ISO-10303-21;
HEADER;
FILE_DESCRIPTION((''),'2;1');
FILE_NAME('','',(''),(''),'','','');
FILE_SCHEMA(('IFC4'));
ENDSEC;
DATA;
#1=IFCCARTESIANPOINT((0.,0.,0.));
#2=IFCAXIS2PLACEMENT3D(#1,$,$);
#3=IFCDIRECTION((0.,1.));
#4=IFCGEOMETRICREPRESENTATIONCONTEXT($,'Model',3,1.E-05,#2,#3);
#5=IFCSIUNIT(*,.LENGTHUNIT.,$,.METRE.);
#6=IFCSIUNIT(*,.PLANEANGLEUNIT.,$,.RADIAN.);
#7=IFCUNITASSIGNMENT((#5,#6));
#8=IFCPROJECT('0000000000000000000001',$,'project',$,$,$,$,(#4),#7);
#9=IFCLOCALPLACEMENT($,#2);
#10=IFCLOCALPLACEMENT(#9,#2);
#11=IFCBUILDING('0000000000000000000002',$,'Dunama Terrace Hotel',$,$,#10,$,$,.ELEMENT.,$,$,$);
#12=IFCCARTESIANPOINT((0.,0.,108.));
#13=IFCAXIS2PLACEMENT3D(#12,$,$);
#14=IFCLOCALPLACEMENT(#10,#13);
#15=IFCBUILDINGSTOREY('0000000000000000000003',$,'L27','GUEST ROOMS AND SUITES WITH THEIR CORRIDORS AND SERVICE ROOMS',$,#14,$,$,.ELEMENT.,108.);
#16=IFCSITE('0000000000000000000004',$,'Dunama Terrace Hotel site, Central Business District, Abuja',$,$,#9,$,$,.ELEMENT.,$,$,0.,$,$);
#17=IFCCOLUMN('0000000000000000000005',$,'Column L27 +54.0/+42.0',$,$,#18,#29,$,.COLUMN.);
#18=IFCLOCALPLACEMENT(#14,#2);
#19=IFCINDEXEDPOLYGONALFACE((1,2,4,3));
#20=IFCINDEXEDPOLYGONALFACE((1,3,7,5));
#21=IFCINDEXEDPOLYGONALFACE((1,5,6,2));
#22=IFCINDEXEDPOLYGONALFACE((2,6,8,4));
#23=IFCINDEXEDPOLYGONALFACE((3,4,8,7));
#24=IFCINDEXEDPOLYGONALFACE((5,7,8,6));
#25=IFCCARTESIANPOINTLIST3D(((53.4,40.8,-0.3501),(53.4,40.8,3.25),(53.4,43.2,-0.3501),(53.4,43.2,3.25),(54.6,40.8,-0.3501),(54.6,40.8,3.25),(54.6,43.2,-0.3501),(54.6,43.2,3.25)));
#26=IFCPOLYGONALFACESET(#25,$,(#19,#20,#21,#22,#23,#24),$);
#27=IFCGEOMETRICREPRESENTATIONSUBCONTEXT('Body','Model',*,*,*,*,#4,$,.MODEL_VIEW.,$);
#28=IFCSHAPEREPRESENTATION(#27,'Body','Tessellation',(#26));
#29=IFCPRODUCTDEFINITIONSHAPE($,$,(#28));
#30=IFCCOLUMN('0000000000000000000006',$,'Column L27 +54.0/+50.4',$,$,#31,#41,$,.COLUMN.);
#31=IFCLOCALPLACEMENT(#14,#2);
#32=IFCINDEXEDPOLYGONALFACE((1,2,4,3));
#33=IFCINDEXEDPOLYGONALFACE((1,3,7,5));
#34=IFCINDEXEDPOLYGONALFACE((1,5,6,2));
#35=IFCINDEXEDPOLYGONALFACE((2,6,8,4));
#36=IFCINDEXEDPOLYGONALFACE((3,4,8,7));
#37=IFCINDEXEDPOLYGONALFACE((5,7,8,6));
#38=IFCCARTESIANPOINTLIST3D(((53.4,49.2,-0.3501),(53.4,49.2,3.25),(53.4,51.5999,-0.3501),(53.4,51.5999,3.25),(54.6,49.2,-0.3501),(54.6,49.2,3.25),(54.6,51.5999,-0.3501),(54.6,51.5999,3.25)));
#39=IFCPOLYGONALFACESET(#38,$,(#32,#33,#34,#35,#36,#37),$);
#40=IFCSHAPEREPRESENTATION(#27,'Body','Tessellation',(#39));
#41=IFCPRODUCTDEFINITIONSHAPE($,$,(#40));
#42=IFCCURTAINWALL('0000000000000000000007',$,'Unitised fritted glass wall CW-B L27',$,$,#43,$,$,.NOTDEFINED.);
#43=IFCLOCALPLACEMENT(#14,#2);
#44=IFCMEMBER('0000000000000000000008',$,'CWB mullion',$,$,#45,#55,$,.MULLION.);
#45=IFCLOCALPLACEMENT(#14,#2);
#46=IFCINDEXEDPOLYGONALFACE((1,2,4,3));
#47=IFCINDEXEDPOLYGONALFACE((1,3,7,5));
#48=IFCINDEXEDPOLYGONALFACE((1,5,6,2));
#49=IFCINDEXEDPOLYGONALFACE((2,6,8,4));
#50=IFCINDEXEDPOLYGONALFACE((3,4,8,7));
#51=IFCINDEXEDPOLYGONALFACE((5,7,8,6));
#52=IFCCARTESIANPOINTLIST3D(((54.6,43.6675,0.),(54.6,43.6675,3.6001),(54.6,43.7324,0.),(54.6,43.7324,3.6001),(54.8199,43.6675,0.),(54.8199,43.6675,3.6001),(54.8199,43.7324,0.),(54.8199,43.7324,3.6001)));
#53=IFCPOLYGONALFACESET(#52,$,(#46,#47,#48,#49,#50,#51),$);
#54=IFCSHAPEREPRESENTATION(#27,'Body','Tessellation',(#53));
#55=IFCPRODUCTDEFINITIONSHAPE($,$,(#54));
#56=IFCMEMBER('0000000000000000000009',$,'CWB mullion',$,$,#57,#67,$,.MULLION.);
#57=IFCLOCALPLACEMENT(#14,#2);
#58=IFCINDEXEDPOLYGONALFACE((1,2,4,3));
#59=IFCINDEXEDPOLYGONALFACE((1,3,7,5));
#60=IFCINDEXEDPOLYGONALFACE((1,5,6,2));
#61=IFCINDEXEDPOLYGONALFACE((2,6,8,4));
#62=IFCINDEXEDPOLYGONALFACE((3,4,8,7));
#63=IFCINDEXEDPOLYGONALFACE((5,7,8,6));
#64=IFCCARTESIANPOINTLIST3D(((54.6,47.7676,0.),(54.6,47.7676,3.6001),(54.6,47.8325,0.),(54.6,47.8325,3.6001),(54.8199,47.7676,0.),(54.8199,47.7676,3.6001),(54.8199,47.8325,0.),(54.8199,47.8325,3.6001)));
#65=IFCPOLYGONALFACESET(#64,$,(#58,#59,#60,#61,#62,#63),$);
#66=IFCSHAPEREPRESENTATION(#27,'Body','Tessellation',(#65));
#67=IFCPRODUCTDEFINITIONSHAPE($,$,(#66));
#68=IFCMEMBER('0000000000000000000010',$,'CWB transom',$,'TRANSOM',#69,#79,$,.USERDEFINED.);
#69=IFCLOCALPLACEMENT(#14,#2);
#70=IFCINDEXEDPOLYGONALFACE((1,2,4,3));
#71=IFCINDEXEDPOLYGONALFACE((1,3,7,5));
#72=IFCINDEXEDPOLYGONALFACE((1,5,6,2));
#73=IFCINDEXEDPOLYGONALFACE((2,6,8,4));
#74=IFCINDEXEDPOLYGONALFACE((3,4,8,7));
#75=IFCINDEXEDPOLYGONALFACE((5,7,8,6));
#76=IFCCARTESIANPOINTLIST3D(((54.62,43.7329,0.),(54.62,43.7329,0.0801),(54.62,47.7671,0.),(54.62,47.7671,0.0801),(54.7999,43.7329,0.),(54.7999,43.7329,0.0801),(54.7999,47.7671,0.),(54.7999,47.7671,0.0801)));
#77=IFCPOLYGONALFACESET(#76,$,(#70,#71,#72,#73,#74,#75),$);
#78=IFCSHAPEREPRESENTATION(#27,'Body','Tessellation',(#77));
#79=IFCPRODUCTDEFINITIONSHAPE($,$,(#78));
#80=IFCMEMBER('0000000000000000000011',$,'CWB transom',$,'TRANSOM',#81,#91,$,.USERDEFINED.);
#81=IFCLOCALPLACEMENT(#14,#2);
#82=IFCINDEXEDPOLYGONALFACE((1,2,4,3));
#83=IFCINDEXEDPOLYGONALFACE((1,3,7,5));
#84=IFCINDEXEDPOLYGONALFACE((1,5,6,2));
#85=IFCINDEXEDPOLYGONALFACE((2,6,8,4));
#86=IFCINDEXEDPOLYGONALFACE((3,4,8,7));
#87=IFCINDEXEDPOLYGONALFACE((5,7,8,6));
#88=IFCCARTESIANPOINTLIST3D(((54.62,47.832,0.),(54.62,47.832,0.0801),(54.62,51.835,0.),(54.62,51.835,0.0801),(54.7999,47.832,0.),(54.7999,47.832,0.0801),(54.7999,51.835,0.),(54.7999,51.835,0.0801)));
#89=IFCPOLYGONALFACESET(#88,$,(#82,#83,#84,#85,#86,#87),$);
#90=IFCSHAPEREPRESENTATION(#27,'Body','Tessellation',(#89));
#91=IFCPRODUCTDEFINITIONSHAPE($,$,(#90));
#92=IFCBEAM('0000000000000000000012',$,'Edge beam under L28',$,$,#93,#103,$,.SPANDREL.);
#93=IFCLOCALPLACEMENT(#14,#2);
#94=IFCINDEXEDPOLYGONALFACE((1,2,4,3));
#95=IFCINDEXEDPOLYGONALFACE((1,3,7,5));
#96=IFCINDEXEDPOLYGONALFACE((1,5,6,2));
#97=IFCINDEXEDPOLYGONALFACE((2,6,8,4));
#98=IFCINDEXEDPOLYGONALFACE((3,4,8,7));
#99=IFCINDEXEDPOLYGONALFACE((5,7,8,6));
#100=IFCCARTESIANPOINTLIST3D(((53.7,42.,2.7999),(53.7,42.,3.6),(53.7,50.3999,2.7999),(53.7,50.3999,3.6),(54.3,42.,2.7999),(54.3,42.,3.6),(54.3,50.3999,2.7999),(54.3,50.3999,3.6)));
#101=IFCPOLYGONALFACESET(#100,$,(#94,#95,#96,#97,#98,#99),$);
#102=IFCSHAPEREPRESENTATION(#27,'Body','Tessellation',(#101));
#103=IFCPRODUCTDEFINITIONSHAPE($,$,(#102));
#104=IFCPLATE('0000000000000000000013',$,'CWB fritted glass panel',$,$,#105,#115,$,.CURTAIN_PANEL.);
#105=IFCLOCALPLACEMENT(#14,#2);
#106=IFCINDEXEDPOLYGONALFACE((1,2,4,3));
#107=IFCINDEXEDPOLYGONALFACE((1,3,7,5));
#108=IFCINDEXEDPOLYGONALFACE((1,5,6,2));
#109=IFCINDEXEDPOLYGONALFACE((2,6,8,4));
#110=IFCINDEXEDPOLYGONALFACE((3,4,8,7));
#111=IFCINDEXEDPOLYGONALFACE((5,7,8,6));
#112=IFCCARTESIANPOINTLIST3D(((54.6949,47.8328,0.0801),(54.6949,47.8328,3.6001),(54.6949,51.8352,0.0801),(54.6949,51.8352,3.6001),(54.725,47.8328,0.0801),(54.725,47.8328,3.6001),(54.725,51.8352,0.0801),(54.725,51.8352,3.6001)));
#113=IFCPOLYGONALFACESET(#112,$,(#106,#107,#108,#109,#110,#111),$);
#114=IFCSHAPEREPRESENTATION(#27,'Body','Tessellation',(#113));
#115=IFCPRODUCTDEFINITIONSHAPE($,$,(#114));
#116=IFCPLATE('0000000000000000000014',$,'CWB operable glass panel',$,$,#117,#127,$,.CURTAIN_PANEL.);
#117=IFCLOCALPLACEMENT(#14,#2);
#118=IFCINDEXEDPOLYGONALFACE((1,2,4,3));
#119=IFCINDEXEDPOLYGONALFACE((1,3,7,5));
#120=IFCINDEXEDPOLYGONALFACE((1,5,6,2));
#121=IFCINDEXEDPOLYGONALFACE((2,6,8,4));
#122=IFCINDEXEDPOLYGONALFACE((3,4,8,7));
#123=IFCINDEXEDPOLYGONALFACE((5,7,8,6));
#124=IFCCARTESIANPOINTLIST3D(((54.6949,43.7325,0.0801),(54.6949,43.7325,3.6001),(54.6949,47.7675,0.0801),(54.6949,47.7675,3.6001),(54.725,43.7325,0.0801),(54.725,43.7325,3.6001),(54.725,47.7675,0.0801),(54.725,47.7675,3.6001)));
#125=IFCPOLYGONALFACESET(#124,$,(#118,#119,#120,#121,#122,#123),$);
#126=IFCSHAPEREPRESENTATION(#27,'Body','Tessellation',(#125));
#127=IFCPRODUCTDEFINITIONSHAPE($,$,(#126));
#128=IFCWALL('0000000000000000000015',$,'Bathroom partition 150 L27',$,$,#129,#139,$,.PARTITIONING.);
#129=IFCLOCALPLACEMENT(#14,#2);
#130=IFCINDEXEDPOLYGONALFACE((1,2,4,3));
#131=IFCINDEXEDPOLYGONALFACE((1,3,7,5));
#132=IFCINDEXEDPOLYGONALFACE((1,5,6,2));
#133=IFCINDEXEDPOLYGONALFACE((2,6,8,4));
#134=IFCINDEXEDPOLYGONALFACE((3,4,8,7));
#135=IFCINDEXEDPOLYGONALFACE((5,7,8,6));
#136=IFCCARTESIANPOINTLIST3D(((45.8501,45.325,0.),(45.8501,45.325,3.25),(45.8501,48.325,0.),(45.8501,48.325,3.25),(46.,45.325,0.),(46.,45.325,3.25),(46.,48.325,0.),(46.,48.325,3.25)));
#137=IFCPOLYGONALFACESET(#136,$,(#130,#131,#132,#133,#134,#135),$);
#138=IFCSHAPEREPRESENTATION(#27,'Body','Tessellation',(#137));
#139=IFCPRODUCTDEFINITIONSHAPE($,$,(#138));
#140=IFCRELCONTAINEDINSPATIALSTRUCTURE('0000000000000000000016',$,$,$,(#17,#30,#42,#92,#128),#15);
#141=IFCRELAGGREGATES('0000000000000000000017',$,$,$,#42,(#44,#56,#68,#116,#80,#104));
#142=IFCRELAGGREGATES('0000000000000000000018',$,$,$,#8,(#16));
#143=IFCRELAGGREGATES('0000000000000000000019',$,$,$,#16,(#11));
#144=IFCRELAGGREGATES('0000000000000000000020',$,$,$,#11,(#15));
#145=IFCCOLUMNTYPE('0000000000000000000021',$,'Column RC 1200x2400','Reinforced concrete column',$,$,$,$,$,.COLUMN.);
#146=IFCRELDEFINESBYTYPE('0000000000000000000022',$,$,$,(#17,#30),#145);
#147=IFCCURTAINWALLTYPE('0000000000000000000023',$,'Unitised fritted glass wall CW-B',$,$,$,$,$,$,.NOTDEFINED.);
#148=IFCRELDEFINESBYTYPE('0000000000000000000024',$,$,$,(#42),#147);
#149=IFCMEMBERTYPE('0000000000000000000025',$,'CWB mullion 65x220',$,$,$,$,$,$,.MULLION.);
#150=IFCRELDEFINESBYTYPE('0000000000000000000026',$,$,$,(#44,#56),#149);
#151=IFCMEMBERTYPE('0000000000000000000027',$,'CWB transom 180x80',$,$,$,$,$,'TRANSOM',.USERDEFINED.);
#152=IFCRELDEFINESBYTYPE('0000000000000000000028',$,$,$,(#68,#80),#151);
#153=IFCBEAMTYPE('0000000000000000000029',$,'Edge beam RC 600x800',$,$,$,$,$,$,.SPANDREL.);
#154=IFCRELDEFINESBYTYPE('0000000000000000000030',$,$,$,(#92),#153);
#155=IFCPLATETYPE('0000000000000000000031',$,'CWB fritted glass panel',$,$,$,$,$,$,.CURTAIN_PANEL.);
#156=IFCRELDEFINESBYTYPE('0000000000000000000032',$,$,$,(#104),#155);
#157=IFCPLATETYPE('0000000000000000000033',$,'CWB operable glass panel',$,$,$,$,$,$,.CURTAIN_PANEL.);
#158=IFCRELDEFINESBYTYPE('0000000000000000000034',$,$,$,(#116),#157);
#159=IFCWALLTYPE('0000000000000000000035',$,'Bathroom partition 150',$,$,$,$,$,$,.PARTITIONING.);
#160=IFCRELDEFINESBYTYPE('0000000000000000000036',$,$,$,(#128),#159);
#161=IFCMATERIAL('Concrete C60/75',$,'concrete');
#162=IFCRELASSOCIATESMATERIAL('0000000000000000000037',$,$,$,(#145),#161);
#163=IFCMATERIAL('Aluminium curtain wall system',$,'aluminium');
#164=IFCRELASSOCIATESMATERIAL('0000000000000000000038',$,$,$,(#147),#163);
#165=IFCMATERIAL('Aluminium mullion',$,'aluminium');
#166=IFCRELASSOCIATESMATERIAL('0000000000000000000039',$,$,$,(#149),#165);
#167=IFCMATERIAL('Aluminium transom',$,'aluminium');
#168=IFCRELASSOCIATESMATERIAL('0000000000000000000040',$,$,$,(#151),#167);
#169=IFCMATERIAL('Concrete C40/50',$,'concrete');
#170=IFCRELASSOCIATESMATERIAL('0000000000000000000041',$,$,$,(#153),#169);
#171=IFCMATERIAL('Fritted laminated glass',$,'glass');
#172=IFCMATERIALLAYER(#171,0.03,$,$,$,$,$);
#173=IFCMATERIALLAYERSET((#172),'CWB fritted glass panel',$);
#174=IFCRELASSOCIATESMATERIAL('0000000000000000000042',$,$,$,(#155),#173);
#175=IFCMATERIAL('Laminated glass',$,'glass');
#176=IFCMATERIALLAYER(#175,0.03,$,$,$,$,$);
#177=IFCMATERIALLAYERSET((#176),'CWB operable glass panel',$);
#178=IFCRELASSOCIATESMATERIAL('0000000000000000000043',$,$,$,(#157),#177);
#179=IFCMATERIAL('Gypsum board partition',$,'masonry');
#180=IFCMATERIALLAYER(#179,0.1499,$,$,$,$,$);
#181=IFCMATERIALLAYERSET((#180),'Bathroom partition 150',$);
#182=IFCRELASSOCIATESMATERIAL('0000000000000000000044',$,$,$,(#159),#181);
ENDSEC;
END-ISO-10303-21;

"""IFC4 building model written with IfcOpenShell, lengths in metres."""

from ifc_helpers import new_model, si_unit, direction, frame, frame_2d, origin, origin_2d, place, context, subcontext, project, spatial, rectangle, extrude, material, layer, layer_set, material_profile, profile_set, type_object, element, aggregate, save


model = new_model("IFC4")

# Units and contexts
model_context = context("Model", 3, precision=1e-05, world=origin(), true_north=direction((0.0, 1.0)))
body_context = subcontext(model_context, "Body", "Model", "MODEL_VIEW")
ifc_project = project(units=[si_unit("LENGTHUNIT", "METRE"), si_unit("PLANEANGLEUNIT", "RADIAN")], contexts=[model_context])

# Site, building, storey
site_placement = place(None, origin())
site = spatial("IfcSite", under=ifc_project, at=site_placement, Name="Dunama Terrace Hotel site, Central Business District, Abuja", CompositionType="ELEMENT", RefElevation=0.0)
building_placement = place(site_placement, origin())
building = spatial("IfcBuilding", under=site, at=building_placement, Name="Dunama Terrace Hotel", CompositionType="ELEMENT")
storey_placement = place(building_placement, frame((0.0, 0.0, 108.0)))
storey = spatial("IfcBuildingStorey", under=building, at=storey_placement, Name="L27", Description="GUEST ROOMS AND SUITES WITH THEIR CORRIDORS AND SERVICE ROOMS", CompositionType="ELEMENT", Elevation=108.0)

# Columns
ifc_material_1 = material(Name="Concrete C60/75", Category="concrete")
ifc_material_profile_1 = material_profile(ifc_material_1, rectangle(XDim=1.2, YDim=2.3999, at=origin_2d()), Name="RC 1200x2400")
ifc_profile_set_1 = profile_set([ifc_material_profile_1], Name="Concrete C60/75")
column_type = type_object("IfcColumnType", Name="Column RC 1200x2400", Description="Reinforced concrete column", PredefinedType="COLUMN", material=ifc_profile_set_1)
for number, where, z_axis, x_axis, name in (
    (1, (54.0, 42.0, -0.3501), (0.0, 0.0, 1.0), (1.0, 0.0, 0.0), "Column L27 +54.0/+42.0"),
    (2, (54.0, 50.3999, -0.3501), (0.0, 0.0, 1.0), (1.0, 0.0, 0.0), "Column L27 +54.0/+50.4"),
):
    element("IfcColumn", number, at=place(storey_placement, frame(where, z_axis=z_axis, x_axis=x_axis)), inside=storey, type_object=column_type, Name=name, PredefinedType="COLUMN", context=body_context, shape_type="SweptSolid", body=[
        extrude(rectangle(XDim=1.2, YDim=2.3999, at=origin_2d()), origin(), (0.0, 0.0, 1.0), 3.6001),
    ])

# Curtain wall, members
ifc_material_2 = material(Name="Aluminium curtain wall system", Category="aluminium")
curtain_wall_type = type_object("IfcCurtainWallType", Name="Unitised fritted glass wall CW-B", PredefinedType="NOTDEFINED", material=ifc_material_2)
curtain_wall_placement = place(storey_placement, origin())
curtain_wall = element("IfcCurtainWall", 3, at=curtain_wall_placement, inside=storey, type_object=curtain_wall_type, Name="Unitised fritted glass wall CW-B L27", PredefinedType="NOTDEFINED")
ifc_material_3 = material(Name="Aluminium mullion", Category="aluminium")
ifc_material_profile_2 = material_profile(ifc_material_3, rectangle(XDim=0.0649, YDim=0.22, at=origin_2d()), Name="CWB MULLION 65X220")
ifc_profile_set_2 = profile_set([ifc_material_profile_2], Name="Aluminium mullion")
member_type_1 = type_object("IfcMemberType", Name="CWB mullion 65x220", PredefinedType="MULLION", material=ifc_profile_set_2)
member_1_placement = place(storey_placement, frame((54.71, 43.7, 0.0), z_axis=(0.0, 0.0, 1.0), x_axis=(0.0, 1.0, 0.0)))
member_1 = element("IfcMember", 4, at=member_1_placement, type_object=member_type_1, Name="CWB mullion", PredefinedType="MULLION", context=body_context, shape_type="SweptSolid", body=[
    extrude(rectangle(XDim=0.0649, YDim=0.22, at=origin_2d()), origin(), (0.0, 0.0, 1.0), 3.6001),
])
member_2_placement = place(storey_placement, frame((54.71, 47.8, 0.0), z_axis=(0.0, 0.0, 1.0), x_axis=(0.0, 1.0, 0.0)))
member_2 = element("IfcMember", 5, at=member_2_placement, type_object=member_type_1, Name="CWB mullion", PredefinedType="MULLION", context=body_context, shape_type="SweptSolid", body=[
    extrude(rectangle(XDim=0.0649, YDim=0.22, at=origin_2d()), origin(), (0.0, 0.0, 1.0), 3.6001),
])
ifc_material_4 = material(Name="Aluminium transom", Category="aluminium")
ifc_material_profile_3 = material_profile(ifc_material_4, rectangle(XDim=0.1799, YDim=0.0801, at=origin_2d()), Name="CWB TRANSOM 180X80")
ifc_profile_set_3 = profile_set([ifc_material_profile_3], Name="Aluminium transom")
member_type_2 = type_object("IfcMemberType", Name="CWB transom 180x80", ElementType="TRANSOM", PredefinedType="USERDEFINED", material=ifc_profile_set_3)
member_3_placement = place(storey_placement, frame((54.71, 43.7329, 0.04), z_axis=(0.0, 1.0, 0.0), x_axis=(-1.0, 0.0, 0.0)))
member_3 = element("IfcMember", 6, at=member_3_placement, type_object=member_type_2, Name="CWB transom", ObjectType="TRANSOM", PredefinedType="USERDEFINED", context=body_context, shape_type="SweptSolid", body=[
    extrude(rectangle(XDim=0.1799, YDim=0.0801, at=origin_2d()), origin(), (0.0, 0.0, 1.0), 4.0342),
])
member_4_placement = place(storey_placement, frame((54.71, 47.832, 0.04), z_axis=(0.0, 1.0, 0.0), x_axis=(-1.0, 0.0, 0.0)))
member_4 = element("IfcMember", 7, at=member_4_placement, type_object=member_type_2, Name="CWB transom", ObjectType="TRANSOM", PredefinedType="USERDEFINED", context=body_context, shape_type="SweptSolid", body=[
    extrude(rectangle(XDim=0.1799, YDim=0.0801, at=origin_2d()), origin(), (0.0, 0.0, 1.0), 4.0029),
])

# Beam
ifc_material_5 = material(Name="Concrete C40/50", Category="concrete")
ifc_material_profile_4 = material_profile(ifc_material_5, rectangle(XDim=0.6001, YDim=0.8, at=origin_2d()), Name="RC 600x800")
ifc_profile_set_4 = profile_set([ifc_material_profile_4], Name="Concrete C40/50")
beam_type = type_object("IfcBeamType", Name="Edge beam RC 600x800", PredefinedType="SPANDREL", material=ifc_profile_set_4)
beam_placement = place(storey_placement, frame((54.0, 42.0, 3.2), z_axis=(0.0, 1.0, 0.0), x_axis=(-1.0, 0.0, 0.0)))
element("IfcBeam", 8, at=beam_placement, inside=storey, type_object=beam_type, Name="Edge beam under L28", PredefinedType="SPANDREL", context=body_context, shape_type="SweptSolid", body=[
    extrude(rectangle(XDim=0.6001, YDim=0.8, at=origin_2d()), origin(), (0.0, 0.0, 1.0), 8.3999),
])

# Plates
ifc_material_6 = material(Name="Fritted laminated glass", Category="glass")
ifc_layer_1 = layer(ifc_material_6, 0.03)
ifc_layer_set_1 = layer_set([ifc_layer_1], Name="CWB fritted glass panel")
plate_type_1 = type_object("IfcPlateType", Name="CWB fritted glass panel", PredefinedType="CURTAIN_PANEL", material=ifc_layer_set_1)
plate_1_placement = place(storey_placement, frame((54.71, 49.834, 0.0801), z_axis=(0.0, 0.0, 1.0), x_axis=(0.0, 1.0, 0.0)))
plate_1 = element("IfcPlate", 9, at=plate_1_placement, type_object=plate_type_1, Name="CWB fritted glass panel", PredefinedType="CURTAIN_PANEL", context=body_context, shape_type="SweptSolid", body=[
    extrude(rectangle(XDim=4.0024, YDim=0.03, at=origin_2d()), origin(), (0.0, 0.0, 1.0), 3.52),
])
ifc_material_7 = material(Name="Laminated glass", Category="glass")
ifc_layer_2 = layer(ifc_material_7, 0.03)
ifc_layer_set_2 = layer_set([ifc_layer_2], Name="CWB operable glass panel")
plate_type_2 = type_object("IfcPlateType", Name="CWB operable glass panel", PredefinedType="CURTAIN_PANEL", material=ifc_layer_set_2)
plate_2_placement = place(storey_placement, frame((54.71, 45.75, 0.0801), z_axis=(0.0, 0.0, 1.0), x_axis=(0.0, 1.0, 0.0)))
plate_2 = element("IfcPlate", 10, at=plate_2_placement, type_object=plate_type_2, Name="CWB operable glass panel", PredefinedType="CURTAIN_PANEL", context=body_context, shape_type="SweptSolid", body=[
    extrude(rectangle(XDim=4.0349, YDim=0.03, at=origin_2d()), origin(), (0.0, 0.0, 1.0), 3.52),
])
aggregate(curtain_wall, [member_1, member_2, member_3, plate_2, member_4, plate_1])

# Wall
ifc_material_8 = material(Name="Gypsum board partition", Category="masonry")
ifc_layer_3 = layer(ifc_material_8, 0.1499)
ifc_layer_set_3 = layer_set([ifc_layer_3], Name="Bathroom partition 150")
wall_type_1 = type_object("IfcWallType", Name="Bathroom partition 150", PredefinedType="PARTITIONING", material=ifc_layer_set_3)
wall_1_placement = place(storey_placement, frame((45.925, 45.325, 0.0), z_axis=(0.0, 0.0, 1.0), x_axis=(0.0, 1.0, 0.0)))
element("IfcWall", 11, at=wall_1_placement, inside=storey, type_object=wall_type_1, Name="Bathroom partition 150 L27", PredefinedType="PARTITIONING", context=body_context, shape_type="SweptSolid", body=[
    extrude(rectangle(XDim=3.0, YDim=0.1499, at=frame_2d((1.5, 0.0))), origin(), (0.0, 0.0, 1.0), 3.25),
])

save(model, "model.ifc")
